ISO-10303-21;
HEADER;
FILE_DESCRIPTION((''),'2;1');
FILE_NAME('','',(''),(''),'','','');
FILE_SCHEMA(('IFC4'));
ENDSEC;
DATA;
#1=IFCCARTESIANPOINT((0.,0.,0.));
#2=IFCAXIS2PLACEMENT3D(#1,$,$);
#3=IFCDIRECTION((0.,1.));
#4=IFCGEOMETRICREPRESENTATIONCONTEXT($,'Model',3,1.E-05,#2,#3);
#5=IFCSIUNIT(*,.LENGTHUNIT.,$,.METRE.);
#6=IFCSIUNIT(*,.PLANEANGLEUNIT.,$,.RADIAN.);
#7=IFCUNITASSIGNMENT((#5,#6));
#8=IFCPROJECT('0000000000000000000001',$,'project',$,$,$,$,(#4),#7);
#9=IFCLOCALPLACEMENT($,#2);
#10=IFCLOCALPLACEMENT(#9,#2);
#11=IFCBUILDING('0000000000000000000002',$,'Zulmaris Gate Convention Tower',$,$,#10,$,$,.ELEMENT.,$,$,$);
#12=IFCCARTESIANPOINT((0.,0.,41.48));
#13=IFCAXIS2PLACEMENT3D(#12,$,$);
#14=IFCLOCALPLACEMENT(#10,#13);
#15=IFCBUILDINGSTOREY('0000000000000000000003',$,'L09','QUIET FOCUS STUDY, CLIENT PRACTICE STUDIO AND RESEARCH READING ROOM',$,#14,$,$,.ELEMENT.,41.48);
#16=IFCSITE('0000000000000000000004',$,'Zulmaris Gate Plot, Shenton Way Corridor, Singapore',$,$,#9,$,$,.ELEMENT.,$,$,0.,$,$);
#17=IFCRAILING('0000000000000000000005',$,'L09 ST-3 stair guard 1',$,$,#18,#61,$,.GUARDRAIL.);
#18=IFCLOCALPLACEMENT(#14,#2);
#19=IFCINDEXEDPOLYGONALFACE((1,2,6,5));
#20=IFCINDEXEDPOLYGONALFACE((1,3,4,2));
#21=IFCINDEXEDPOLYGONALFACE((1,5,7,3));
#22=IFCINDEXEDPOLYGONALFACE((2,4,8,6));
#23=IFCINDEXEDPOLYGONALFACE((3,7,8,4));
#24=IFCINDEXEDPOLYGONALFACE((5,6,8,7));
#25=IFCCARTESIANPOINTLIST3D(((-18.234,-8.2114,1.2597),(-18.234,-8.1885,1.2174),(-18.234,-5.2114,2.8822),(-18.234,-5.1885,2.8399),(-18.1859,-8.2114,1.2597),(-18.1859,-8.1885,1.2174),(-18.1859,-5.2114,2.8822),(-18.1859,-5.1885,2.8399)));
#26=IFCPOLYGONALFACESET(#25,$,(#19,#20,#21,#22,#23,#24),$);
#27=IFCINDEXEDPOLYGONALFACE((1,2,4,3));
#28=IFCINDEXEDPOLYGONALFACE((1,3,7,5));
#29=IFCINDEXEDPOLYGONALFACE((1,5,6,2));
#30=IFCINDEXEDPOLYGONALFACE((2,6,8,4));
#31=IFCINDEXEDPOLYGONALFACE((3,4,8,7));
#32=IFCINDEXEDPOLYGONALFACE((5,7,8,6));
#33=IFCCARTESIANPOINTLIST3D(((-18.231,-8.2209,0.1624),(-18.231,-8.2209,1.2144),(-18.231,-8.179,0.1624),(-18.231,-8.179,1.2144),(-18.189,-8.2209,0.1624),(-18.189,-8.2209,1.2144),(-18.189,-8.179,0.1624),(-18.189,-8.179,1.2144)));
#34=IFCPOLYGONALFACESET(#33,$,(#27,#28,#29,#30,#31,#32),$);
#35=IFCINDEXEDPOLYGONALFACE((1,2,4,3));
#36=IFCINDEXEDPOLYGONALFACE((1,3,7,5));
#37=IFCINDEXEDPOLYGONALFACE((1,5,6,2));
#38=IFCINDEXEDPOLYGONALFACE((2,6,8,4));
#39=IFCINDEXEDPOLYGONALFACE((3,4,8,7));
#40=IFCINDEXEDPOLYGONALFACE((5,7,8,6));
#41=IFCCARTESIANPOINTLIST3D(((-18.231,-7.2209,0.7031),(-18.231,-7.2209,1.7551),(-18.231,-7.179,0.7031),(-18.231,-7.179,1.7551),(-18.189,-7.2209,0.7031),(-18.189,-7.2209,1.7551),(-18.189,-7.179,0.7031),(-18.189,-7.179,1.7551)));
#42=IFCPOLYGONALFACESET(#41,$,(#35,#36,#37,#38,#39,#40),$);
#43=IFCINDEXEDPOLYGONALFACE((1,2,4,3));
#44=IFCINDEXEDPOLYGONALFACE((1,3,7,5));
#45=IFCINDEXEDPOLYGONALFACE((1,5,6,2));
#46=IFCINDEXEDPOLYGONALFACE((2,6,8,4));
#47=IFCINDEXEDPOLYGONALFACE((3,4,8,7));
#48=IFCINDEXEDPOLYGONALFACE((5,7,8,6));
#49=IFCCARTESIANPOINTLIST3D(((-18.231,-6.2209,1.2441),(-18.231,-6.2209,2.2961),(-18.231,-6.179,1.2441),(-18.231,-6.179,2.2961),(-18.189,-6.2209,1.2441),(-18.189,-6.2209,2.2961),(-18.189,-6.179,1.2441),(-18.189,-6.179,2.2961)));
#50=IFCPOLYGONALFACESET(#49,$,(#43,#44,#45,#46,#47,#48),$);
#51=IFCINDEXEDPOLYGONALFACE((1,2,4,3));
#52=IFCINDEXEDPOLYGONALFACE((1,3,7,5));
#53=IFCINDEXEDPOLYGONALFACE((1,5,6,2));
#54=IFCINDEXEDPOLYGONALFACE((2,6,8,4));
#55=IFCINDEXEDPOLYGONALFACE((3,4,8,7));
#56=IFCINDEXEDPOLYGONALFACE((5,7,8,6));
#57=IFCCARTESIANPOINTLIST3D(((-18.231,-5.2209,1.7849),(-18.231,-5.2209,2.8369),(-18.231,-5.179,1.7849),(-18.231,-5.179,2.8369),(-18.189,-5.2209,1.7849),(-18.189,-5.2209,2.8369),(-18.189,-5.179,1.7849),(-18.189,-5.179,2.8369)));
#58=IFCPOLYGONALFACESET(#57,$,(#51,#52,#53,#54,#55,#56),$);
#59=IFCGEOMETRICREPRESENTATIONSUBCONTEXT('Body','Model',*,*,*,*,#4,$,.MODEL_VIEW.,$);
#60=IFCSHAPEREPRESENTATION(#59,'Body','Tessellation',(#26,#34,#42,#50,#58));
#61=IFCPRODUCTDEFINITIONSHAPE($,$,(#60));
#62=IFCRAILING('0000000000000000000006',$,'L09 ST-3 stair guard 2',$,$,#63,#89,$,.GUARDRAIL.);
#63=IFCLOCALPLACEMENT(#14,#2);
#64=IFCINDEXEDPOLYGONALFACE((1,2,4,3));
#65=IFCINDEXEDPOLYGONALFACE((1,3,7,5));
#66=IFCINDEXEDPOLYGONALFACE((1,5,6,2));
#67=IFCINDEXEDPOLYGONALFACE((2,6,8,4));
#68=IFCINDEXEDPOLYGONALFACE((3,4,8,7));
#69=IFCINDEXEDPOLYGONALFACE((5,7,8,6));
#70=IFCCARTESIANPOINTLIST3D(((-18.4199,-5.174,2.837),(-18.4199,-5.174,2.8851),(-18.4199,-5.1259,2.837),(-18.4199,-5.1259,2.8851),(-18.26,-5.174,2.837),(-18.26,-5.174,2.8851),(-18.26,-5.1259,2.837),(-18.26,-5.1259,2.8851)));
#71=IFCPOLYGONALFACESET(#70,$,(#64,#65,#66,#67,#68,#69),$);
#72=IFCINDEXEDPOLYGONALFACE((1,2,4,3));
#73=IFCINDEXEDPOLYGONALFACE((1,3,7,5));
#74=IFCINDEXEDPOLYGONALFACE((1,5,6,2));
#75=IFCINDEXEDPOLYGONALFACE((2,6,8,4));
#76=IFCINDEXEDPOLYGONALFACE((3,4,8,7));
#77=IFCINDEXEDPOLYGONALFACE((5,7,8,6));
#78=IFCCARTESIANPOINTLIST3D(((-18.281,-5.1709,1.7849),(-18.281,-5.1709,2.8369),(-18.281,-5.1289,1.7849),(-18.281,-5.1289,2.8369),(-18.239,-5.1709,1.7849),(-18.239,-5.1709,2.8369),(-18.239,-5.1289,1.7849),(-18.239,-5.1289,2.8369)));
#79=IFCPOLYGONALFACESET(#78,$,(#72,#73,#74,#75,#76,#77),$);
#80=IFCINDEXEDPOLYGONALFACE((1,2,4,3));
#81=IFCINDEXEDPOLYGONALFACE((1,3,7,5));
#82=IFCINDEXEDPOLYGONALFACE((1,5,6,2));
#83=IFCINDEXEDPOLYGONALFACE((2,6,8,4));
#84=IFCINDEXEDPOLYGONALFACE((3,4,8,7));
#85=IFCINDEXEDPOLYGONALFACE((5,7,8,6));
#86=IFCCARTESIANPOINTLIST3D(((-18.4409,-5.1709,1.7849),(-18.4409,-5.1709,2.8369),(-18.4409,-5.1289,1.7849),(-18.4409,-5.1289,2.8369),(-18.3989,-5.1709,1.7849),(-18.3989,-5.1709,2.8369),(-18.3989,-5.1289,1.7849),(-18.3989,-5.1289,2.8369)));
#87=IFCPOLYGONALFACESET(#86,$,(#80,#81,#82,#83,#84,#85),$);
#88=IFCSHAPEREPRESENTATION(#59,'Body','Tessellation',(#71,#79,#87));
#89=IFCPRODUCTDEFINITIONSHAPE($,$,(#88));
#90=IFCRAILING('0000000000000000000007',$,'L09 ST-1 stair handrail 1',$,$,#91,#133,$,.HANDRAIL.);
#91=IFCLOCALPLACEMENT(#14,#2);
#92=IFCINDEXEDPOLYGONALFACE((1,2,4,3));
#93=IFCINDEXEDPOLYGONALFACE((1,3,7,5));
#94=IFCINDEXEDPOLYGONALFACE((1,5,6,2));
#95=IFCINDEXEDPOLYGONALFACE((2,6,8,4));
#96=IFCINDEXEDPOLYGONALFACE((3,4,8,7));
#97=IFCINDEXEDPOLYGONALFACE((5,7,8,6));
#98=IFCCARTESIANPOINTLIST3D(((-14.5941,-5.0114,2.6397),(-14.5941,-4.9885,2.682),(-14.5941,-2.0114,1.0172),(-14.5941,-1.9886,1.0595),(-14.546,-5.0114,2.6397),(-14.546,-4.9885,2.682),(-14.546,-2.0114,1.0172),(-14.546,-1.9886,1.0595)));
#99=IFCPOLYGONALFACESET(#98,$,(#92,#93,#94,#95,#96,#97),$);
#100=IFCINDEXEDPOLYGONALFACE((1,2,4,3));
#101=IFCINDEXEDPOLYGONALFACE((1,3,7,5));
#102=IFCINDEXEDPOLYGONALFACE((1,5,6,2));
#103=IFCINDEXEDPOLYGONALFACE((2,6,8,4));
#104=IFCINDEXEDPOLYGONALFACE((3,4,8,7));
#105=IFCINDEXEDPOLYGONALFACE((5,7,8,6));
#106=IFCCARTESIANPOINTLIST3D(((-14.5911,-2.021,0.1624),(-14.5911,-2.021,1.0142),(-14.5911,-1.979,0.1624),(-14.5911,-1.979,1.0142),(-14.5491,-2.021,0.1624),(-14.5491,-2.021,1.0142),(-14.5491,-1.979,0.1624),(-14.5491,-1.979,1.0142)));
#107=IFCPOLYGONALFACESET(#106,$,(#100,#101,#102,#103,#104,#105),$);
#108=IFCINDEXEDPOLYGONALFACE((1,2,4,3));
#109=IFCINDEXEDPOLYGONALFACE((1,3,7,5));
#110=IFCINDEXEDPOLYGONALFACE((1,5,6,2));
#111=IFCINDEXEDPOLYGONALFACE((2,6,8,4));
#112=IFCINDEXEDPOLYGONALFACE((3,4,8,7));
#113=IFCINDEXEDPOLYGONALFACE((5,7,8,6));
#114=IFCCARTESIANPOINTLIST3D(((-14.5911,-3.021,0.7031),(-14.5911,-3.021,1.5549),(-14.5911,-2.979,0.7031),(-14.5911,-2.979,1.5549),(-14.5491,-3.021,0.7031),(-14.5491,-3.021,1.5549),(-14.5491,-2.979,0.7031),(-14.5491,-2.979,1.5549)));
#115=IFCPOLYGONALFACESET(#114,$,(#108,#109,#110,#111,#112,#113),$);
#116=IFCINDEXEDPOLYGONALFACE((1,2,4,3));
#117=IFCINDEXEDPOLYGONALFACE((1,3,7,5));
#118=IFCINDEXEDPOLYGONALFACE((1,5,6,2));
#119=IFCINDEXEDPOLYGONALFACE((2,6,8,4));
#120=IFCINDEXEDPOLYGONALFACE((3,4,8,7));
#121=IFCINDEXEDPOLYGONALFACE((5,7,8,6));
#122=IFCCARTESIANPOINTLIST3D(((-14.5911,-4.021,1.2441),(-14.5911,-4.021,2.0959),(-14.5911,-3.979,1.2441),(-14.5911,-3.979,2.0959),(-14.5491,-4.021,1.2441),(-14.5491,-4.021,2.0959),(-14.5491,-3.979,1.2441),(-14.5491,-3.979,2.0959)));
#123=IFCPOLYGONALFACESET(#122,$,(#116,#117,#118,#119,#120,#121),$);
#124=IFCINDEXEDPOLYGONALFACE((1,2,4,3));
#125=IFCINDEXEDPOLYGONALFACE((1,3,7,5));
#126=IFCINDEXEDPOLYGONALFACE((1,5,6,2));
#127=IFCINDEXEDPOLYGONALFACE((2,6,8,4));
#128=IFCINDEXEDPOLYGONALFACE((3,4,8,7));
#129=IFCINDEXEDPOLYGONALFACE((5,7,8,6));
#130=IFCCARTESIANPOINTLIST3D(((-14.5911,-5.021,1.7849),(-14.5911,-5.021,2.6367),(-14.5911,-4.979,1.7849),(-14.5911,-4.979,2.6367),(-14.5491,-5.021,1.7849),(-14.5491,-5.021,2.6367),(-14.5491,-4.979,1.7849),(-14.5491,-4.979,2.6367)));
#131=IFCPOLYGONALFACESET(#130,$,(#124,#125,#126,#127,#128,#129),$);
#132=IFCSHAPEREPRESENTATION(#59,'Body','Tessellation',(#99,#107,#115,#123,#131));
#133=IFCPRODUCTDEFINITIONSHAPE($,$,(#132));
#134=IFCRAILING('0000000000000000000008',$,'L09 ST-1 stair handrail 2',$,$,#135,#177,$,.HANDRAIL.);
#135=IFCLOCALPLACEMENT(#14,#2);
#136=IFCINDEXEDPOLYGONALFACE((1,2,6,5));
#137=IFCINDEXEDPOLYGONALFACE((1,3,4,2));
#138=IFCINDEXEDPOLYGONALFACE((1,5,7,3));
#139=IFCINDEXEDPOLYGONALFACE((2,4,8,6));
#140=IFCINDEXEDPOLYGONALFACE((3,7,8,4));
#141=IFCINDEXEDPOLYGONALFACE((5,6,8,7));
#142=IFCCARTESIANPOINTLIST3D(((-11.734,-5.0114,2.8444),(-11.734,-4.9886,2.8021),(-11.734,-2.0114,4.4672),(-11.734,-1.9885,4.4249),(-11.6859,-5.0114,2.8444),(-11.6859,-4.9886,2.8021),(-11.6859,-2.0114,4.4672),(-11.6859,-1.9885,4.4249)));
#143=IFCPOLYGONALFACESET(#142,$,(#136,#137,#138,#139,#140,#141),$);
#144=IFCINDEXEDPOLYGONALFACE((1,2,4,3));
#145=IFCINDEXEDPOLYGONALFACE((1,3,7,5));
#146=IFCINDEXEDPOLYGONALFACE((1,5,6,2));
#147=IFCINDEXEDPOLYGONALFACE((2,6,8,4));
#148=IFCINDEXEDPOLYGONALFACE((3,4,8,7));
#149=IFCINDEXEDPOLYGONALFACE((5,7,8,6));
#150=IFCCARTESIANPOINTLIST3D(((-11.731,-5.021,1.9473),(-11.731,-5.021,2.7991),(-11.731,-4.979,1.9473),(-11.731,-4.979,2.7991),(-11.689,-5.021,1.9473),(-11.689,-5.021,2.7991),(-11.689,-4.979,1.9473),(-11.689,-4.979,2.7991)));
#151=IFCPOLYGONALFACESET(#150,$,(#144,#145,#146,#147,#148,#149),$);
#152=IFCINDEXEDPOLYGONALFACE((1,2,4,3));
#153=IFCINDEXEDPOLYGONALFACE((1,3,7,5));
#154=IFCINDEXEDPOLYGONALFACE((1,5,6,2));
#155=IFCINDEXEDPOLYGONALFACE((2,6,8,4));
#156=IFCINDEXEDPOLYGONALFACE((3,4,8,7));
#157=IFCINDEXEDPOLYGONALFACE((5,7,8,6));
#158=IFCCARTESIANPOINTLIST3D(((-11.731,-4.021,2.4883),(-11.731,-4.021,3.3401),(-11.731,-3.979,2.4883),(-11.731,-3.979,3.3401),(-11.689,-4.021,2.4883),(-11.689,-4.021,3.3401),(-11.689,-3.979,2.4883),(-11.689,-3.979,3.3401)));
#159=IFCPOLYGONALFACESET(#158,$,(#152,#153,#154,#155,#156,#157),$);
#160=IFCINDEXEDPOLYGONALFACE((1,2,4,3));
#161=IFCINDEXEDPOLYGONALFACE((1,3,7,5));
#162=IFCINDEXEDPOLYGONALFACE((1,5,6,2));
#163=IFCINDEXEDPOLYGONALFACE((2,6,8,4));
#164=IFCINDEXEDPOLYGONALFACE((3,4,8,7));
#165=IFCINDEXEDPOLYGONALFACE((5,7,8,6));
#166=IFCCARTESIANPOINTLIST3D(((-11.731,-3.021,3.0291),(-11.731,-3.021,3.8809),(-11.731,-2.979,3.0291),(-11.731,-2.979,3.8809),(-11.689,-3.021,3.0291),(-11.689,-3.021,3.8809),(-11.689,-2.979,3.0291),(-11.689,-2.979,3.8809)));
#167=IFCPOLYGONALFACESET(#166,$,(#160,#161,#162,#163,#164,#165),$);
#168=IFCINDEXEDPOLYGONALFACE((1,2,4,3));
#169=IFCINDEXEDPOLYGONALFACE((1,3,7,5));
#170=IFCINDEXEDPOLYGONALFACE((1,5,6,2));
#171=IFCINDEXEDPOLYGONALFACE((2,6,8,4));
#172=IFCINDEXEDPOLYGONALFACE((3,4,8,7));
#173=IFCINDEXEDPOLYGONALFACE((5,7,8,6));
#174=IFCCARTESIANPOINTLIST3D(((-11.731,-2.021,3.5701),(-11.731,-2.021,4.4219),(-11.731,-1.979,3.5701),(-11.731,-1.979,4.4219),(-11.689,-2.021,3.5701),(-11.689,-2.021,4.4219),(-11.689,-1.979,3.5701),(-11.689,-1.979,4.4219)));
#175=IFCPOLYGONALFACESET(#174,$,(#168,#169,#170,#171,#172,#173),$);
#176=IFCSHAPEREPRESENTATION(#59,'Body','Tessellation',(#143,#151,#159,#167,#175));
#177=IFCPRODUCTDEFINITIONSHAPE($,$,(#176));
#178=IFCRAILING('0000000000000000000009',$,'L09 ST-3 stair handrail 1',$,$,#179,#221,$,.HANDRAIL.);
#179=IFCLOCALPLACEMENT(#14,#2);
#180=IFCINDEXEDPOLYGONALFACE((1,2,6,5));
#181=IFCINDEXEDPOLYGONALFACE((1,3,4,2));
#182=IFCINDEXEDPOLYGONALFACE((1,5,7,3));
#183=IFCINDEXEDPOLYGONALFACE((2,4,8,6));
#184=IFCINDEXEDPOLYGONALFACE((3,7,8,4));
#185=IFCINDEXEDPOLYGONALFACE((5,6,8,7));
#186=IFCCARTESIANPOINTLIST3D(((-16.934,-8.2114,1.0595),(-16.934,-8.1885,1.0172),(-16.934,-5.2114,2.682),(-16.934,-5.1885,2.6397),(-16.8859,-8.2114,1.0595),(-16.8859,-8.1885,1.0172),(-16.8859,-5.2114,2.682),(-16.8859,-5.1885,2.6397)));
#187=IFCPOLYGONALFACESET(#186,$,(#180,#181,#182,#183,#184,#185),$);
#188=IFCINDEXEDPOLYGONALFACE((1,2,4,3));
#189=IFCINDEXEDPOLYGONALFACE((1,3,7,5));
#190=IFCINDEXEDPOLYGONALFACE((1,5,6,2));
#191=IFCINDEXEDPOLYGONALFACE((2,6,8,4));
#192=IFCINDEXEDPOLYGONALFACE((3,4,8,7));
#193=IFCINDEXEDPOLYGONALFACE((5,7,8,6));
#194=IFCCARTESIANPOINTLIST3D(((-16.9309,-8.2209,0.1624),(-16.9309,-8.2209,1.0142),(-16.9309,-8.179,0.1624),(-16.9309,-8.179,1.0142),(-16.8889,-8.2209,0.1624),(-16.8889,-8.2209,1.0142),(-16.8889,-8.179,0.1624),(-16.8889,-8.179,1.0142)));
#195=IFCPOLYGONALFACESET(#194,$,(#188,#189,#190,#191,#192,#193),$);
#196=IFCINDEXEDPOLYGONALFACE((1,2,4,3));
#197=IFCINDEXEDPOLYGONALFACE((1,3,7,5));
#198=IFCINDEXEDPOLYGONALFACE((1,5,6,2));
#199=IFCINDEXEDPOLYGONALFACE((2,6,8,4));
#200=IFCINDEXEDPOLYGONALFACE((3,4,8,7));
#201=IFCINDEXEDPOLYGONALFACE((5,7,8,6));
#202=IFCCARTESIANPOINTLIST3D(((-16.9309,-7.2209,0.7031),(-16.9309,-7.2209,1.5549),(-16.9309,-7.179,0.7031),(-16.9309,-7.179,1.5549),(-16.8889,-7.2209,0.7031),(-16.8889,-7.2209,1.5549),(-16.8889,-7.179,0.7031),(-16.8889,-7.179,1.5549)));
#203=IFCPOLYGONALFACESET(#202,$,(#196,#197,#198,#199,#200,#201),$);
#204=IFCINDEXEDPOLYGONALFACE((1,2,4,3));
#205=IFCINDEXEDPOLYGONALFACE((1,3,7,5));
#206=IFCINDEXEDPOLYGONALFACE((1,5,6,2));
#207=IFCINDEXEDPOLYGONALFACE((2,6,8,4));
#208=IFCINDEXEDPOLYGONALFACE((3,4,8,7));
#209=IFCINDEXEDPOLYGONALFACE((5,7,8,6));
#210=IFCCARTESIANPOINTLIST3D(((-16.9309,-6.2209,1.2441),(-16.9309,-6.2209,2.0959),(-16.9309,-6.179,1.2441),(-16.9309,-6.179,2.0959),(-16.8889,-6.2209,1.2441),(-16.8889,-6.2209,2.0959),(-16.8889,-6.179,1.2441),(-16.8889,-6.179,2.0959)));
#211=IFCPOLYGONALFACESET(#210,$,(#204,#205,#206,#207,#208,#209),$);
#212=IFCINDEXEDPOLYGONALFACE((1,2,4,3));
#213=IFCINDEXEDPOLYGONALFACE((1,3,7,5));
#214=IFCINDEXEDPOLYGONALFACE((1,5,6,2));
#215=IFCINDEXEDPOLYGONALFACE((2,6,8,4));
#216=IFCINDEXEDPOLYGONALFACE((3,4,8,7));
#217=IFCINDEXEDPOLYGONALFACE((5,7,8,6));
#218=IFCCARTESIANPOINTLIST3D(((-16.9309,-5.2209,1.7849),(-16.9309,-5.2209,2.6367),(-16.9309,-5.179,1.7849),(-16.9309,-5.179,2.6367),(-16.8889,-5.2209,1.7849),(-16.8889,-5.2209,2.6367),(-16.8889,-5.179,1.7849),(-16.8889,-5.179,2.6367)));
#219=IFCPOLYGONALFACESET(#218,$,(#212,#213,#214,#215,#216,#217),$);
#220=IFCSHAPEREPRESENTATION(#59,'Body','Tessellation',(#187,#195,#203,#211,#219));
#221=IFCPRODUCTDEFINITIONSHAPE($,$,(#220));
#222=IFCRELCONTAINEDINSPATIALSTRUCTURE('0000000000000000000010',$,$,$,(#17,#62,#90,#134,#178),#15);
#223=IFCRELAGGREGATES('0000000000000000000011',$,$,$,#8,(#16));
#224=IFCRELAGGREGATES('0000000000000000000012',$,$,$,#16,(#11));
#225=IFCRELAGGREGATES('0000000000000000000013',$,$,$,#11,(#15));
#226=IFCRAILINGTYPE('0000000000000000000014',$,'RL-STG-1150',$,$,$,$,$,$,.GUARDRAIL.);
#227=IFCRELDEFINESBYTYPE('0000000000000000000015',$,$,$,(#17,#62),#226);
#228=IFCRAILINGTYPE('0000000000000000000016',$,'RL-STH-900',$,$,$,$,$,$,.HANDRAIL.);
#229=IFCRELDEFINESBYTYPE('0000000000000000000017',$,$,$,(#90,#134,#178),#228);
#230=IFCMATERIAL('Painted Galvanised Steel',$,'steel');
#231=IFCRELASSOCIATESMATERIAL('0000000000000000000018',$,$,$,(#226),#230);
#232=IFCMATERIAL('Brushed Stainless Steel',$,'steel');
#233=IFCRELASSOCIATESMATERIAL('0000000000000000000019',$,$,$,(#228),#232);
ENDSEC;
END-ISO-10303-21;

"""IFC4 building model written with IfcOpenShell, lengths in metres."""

from ifc_helpers import new_model, si_unit, direction, frame, origin, origin_2d, place, context, subcontext, project, spatial, rectangle, extrude, material, type_object, element, save


model = new_model("IFC4")

# Units and contexts
model_context = context("Model", 3, precision=1e-05, world=origin(), true_north=direction((0.0, 1.0)))
body_context = subcontext(model_context, "Body", "Model", "MODEL_VIEW")
ifc_project = project(units=[si_unit("LENGTHUNIT", "METRE"), si_unit("PLANEANGLEUNIT", "RADIAN")], contexts=[model_context])

# Site, building, storey
site_placement = place(None, origin())
site = spatial("IfcSite", under=ifc_project, at=site_placement, Name="Zulmaris Gate Plot, Shenton Way Corridor, Singapore", CompositionType="ELEMENT", RefElevation=0.0)
building_placement = place(site_placement, origin())
building = spatial("IfcBuilding", under=site, at=building_placement, Name="Zulmaris Gate Convention Tower", CompositionType="ELEMENT")
storey_placement = place(building_placement, frame((0.0, 0.0, 41.48)))
storey = spatial("IfcBuildingStorey", under=building, at=storey_placement, Name="L09", Description="QUIET FOCUS STUDY, CLIENT PRACTICE STUDIO AND RESEARCH READING ROOM", CompositionType="ELEMENT", Elevation=41.48)

# Shared definitions
ifc_material_1 = material(Name="Brushed Stainless Steel", Category="steel")

# Railings
ifc_material_2 = material(Name="Painted Galvanised Steel", Category="steel")
railing_type_1 = type_object("IfcRailingType", Name="RL-STG-1150", PredefinedType="GUARDRAIL", material=ifc_material_2)
railing_1_placement = place(storey_placement, frame((-18.21, -8.2, 0.1624)))
element("IfcRailing", 1, at=railing_1_placement, inside=storey, type_object=railing_type_1, Name="L09 ST-3 stair guard 1", PredefinedType="GUARDRAIL", context=body_context, shape_type="SweptSolid", body=[
    extrude(rectangle(XDim=0.0481, YDim=0.0481, at=origin_2d()), frame((0.0, 0.0, 1.0762), z_axis=(0.0, 0.879592, 0.47573), x_axis=(-1.0, 0.0, 0.0)), (0.0, 0.0, 1.0), 3.4106),
    extrude(rectangle(XDim=0.042, YDim=0.042, at=origin_2d()), origin(), (0.0, 0.0, 1.0), 1.052),
    extrude(rectangle(XDim=0.042, YDim=0.042, at=origin_2d()), frame((0.0, 1.0, 0.5408)), (0.0, 0.0, 1.0), 1.052),
    extrude(rectangle(XDim=0.042, YDim=0.042, at=origin_2d()), frame((0.0, 2.0, 1.0818)), (0.0, 0.0, 1.0), 1.052),
    extrude(rectangle(XDim=0.042, YDim=0.042, at=origin_2d()), frame((0.0, 3.0, 1.6226)), (0.0, 0.0, 1.0), 1.052),
])
railing_2_placement = place(storey_placement, frame((-18.26, -5.1499, 1.7849)))
element("IfcRailing", 2, at=railing_2_placement, inside=storey, type_object=railing_type_1, Name="L09 ST-3 stair guard 2", PredefinedType="GUARDRAIL", context=body_context, shape_type="SweptSolid", body=[
    extrude(rectangle(XDim=0.0481, YDim=0.0481, at=origin_2d()), frame((0.0, 0.0, 1.0762), z_axis=(-1.0, 0.0, 0.0), x_axis=(0.0, -1.0, 0.0)), (0.0, 0.0, 1.0), 0.1599),
    extrude(rectangle(XDim=0.042, YDim=0.042, at=origin_2d()), origin(), (0.0, 0.0, 1.0), 1.052),
    extrude(rectangle(XDim=0.042, YDim=0.042, at=origin_2d()), frame((-0.1599, 0.0, 0.0)), (0.0, 0.0, 1.0), 1.052),
])
railing_type_2 = type_object("IfcRailingType", Name="RL-STH-900", PredefinedType="HANDRAIL", material=ifc_material_1)
railing_3_placement = place(storey_placement, frame((-14.5701, -2.0, 0.1624)))
element("IfcRailing", 3, at=railing_3_placement, inside=storey, type_object=railing_type_2, Name="L09 ST-1 stair handrail 1", PredefinedType="HANDRAIL", context=body_context, shape_type="SweptSolid", body=[
    extrude(rectangle(XDim=0.0481, YDim=0.0481, at=origin_2d()), frame((0.0, 0.0, 0.876), z_axis=(0.0, -0.879592, 0.47573), x_axis=(1.0, 0.0, 0.0)), (0.0, 0.0, 1.0), 3.4106),
    extrude(rectangle(XDim=0.042, YDim=0.042, at=origin_2d()), origin(), (0.0, 0.0, 1.0), 0.8518),
    extrude(rectangle(XDim=0.042, YDim=0.042, at=origin_2d()), frame((0.0, -1.0, 0.5408)), (0.0, 0.0, 1.0), 0.8518),
    extrude(rectangle(XDim=0.042, YDim=0.042, at=origin_2d()), frame((0.0, -2.0, 1.0818)), (0.0, 0.0, 1.0), 0.8518),
    extrude(rectangle(XDim=0.042, YDim=0.042, at=origin_2d()), frame((0.0, -3.0, 1.6226)), (0.0, 0.0, 1.0), 0.8518),
])
railing_4_placement = place(storey_placement, frame((-11.71, -5.0, 1.9473)))
element("IfcRailing", 4, at=railing_4_placement, inside=storey, type_object=railing_type_2, Name="L09 ST-1 stair handrail 2", PredefinedType="HANDRAIL", context=body_context, shape_type="SweptSolid", body=[
    extrude(rectangle(XDim=0.0481, YDim=0.0481, at=origin_2d()), frame((0.0, 0.0, 0.876), z_axis=(0.0, 0.879562, 0.475785), x_axis=(-1.0, 0.0, 0.0)), (0.0, 0.0, 1.0), 3.4109),
    extrude(rectangle(XDim=0.042, YDim=0.042, at=origin_2d()), origin(), (0.0, 0.0, 1.0), 0.8518),
    extrude(rectangle(XDim=0.042, YDim=0.042, at=origin_2d()), frame((0.0, 1.0, 0.541)), (0.0, 0.0, 1.0), 0.8518),
    extrude(rectangle(XDim=0.042, YDim=0.042, at=origin_2d()), frame((0.0, 2.0, 1.0818)), (0.0, 0.0, 1.0), 0.8518),
    extrude(rectangle(XDim=0.042, YDim=0.042, at=origin_2d()), frame((0.0, 3.0, 1.6228)), (0.0, 0.0, 1.0), 0.8518),
])
railing_5_placement = place(storey_placement, frame((-16.9099, -8.2, 0.1624)))
element("IfcRailing", 5, at=railing_5_placement, inside=storey, type_object=railing_type_2, Name="L09 ST-3 stair handrail 1", PredefinedType="HANDRAIL", context=body_context, shape_type="SweptSolid", body=[
    extrude(rectangle(XDim=0.0481, YDim=0.0481, at=origin_2d()), frame((0.0, 0.0, 0.876), z_axis=(0.0, 0.879592, 0.47573), x_axis=(-1.0, 0.0, 0.0)), (0.0, 0.0, 1.0), 3.4106),
    extrude(rectangle(XDim=0.042, YDim=0.042, at=origin_2d()), origin(), (0.0, 0.0, 1.0), 0.8518),
    extrude(rectangle(XDim=0.042, YDim=0.042, at=origin_2d()), frame((0.0, 1.0, 0.5408)), (0.0, 0.0, 1.0), 0.8518),
    extrude(rectangle(XDim=0.042, YDim=0.042, at=origin_2d()), frame((0.0, 2.0, 1.0818)), (0.0, 0.0, 1.0), 0.8518),
    extrude(rectangle(XDim=0.042, YDim=0.042, at=origin_2d()), frame((0.0, 3.0, 1.6226)), (0.0, 0.0, 1.0), 0.8518),
])

save(model, "model.ifc")
